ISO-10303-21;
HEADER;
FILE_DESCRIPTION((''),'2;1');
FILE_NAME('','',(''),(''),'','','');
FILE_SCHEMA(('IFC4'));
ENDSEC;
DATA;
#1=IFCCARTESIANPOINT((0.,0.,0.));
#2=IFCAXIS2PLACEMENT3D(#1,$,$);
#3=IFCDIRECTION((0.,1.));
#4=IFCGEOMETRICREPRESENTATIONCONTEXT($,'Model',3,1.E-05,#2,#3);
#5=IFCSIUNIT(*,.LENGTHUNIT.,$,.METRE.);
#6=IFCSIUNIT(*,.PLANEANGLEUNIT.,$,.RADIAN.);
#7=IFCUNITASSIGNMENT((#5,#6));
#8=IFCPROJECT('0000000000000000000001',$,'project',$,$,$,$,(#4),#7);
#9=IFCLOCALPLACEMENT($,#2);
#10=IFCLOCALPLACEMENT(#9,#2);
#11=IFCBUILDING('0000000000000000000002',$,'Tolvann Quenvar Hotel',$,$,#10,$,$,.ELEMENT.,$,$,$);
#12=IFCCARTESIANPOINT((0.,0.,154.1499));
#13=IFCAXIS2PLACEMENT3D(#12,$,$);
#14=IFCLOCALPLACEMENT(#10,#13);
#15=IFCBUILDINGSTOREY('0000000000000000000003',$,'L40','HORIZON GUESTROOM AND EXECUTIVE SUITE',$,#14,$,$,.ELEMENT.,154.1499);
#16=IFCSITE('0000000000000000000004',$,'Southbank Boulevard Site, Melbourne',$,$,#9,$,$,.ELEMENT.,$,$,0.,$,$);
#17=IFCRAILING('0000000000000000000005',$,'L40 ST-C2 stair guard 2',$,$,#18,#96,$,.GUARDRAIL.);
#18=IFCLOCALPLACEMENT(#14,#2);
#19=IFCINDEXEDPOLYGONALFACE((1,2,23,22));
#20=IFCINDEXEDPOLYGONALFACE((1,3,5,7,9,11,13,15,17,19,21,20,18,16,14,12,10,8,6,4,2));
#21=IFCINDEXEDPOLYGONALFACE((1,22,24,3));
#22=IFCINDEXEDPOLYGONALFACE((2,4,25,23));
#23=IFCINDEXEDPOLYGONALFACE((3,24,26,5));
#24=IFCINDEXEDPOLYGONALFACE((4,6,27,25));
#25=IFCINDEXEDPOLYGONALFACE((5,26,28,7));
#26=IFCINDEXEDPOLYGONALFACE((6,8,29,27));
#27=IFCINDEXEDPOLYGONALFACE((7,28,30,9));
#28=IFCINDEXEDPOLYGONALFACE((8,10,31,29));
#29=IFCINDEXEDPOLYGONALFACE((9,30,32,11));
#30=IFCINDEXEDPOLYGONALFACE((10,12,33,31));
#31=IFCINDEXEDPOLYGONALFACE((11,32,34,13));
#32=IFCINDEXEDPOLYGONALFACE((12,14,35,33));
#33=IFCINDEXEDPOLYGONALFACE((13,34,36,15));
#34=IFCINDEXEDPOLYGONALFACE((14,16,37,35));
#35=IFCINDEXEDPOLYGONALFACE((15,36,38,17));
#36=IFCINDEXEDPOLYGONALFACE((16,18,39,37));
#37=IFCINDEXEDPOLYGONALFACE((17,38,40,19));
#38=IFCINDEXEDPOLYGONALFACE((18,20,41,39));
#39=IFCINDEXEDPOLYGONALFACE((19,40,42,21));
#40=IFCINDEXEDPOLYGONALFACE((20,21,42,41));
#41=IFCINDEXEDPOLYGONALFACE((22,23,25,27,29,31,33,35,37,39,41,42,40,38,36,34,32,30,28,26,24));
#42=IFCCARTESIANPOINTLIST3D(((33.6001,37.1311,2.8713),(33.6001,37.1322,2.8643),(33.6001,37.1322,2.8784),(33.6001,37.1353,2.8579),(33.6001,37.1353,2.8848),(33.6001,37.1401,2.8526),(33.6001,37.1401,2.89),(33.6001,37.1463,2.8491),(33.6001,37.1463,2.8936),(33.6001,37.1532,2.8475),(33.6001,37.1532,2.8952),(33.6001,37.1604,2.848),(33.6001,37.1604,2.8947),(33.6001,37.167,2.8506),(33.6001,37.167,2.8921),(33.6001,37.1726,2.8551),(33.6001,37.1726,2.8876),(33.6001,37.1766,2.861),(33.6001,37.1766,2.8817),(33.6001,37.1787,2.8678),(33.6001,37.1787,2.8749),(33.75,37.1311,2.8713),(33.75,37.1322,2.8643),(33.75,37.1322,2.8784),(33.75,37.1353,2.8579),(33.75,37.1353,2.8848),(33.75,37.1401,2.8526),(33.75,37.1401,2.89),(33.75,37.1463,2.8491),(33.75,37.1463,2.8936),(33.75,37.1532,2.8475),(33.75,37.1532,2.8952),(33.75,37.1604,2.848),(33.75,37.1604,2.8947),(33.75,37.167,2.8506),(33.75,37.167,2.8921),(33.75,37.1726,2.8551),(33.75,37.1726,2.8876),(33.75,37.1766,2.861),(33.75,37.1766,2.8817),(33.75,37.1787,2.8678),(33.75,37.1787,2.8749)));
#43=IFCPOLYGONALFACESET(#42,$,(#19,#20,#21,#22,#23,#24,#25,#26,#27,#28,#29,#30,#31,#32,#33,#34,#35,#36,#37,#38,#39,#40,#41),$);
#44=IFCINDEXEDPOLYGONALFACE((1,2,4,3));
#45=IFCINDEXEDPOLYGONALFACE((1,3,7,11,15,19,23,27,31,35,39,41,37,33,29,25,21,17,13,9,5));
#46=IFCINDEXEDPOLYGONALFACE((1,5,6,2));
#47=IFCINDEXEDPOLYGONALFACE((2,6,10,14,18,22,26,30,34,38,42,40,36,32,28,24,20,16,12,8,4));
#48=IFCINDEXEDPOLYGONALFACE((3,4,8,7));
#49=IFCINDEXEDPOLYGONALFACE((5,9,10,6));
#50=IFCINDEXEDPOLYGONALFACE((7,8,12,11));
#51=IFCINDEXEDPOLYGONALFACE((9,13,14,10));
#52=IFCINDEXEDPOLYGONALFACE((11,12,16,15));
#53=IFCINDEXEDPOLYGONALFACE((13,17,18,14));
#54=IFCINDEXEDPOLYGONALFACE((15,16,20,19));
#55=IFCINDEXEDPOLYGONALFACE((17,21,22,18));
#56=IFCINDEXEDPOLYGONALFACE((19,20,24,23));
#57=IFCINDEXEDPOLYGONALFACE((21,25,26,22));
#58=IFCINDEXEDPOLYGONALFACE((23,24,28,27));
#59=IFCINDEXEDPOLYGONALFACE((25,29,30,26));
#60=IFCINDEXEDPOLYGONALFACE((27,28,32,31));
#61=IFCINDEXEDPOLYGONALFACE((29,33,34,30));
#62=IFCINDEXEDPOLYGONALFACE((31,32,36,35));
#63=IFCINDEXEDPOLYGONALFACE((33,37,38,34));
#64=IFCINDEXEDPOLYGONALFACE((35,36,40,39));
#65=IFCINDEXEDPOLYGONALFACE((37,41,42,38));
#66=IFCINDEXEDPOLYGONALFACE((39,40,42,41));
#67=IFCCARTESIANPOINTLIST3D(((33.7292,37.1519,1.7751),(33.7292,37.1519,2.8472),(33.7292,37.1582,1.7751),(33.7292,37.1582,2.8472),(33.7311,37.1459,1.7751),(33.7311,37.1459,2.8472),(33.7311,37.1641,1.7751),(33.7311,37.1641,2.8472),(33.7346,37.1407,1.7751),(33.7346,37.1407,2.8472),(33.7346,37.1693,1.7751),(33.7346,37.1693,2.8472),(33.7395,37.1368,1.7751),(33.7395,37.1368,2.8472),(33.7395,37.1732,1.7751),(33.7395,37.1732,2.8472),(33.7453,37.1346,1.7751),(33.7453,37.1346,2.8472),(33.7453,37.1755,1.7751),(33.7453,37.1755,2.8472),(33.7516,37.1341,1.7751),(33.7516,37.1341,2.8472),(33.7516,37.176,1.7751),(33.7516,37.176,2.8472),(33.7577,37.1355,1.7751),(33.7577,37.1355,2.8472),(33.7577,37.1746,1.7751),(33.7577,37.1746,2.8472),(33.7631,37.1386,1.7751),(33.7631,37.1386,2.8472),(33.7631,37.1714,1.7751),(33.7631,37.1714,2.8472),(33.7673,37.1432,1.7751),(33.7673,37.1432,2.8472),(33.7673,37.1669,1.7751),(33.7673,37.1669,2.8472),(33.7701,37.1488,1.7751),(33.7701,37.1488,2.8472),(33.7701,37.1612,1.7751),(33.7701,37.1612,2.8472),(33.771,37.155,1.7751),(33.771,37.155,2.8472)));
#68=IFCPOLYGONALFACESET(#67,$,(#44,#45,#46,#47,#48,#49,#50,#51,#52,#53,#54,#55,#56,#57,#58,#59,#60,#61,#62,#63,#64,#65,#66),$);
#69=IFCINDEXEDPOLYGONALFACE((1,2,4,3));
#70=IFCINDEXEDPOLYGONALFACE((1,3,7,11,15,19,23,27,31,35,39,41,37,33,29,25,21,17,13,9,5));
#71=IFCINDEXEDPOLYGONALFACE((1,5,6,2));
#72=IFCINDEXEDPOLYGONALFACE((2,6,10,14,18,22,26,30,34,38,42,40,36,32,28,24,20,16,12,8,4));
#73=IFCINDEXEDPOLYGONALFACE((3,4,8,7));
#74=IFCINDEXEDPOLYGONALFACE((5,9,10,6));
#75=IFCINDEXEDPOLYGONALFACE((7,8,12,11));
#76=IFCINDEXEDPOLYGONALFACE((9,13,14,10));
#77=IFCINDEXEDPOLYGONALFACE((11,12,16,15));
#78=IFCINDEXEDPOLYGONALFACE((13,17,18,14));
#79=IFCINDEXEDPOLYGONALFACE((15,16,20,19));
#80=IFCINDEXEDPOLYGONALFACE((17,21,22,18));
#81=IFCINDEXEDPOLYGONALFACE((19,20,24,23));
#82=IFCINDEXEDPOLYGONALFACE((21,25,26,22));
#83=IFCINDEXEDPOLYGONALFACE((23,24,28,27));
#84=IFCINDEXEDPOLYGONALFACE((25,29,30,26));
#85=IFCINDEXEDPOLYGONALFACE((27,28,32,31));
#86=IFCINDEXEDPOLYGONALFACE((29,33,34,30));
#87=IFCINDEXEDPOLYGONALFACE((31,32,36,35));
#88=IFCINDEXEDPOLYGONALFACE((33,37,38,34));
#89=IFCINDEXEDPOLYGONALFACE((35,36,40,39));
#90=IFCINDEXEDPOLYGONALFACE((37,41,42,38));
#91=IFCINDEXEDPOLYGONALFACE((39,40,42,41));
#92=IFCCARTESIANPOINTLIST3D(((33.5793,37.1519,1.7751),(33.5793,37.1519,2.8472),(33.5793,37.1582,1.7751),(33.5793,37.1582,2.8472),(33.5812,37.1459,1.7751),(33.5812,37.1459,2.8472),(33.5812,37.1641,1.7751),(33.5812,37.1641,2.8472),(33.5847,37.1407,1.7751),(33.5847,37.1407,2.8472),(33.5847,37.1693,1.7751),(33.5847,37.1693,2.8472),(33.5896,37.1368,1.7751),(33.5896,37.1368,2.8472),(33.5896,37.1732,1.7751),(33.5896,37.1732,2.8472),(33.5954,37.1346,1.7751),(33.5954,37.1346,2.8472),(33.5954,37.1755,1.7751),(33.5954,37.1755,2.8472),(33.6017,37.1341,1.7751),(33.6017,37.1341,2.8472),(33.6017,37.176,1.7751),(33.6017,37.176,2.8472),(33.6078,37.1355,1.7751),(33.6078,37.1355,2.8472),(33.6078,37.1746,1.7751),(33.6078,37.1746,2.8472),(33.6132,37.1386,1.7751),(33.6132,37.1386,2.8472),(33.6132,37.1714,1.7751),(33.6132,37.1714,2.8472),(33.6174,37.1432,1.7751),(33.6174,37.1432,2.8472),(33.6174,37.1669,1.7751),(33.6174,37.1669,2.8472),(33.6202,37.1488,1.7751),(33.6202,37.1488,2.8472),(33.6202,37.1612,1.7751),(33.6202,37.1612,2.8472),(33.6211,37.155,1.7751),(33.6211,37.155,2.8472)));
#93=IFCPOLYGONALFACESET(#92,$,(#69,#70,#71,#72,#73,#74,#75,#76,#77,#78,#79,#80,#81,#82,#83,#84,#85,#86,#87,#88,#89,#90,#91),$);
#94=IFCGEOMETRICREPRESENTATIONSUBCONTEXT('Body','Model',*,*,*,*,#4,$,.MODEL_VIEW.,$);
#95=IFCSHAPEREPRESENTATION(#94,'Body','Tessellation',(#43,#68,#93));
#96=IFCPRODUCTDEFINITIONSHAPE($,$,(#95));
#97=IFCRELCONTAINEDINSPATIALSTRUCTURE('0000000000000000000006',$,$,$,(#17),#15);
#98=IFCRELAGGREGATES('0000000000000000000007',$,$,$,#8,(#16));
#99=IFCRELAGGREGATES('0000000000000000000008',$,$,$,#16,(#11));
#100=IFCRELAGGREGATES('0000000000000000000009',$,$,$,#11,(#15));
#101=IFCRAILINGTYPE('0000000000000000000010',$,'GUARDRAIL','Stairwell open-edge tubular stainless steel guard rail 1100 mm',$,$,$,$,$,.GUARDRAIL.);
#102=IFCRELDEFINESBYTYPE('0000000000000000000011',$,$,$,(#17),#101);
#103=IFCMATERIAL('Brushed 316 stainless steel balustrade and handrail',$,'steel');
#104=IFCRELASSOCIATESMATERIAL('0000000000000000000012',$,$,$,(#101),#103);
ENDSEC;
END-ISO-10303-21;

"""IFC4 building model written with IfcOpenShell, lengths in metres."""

from ifc_helpers import new_model, si_unit, direction, frame, origin, origin_2d, place, context, subcontext, project, spatial, circle, extrude, material, type_object, element, save


model = new_model("IFC4")

# Units and contexts
model_context = context("Model", 3, precision=1e-05, world=origin(), true_north=direction((0.0, 1.0)))
body_context = subcontext(model_context, "Body", "Model", "MODEL_VIEW")
ifc_project = project(units=[si_unit("LENGTHUNIT", "METRE"), si_unit("PLANEANGLEUNIT", "RADIAN")], contexts=[model_context])

# Site, building, storey
site_placement = place(None, origin())
site = spatial("IfcSite", under=ifc_project, at=site_placement, Name="Southbank Boulevard Site, Melbourne", CompositionType="ELEMENT", RefElevation=0.0)
building_placement = place(site_placement, origin())
building = spatial("IfcBuilding", under=site, at=building_placement, Name="Tolvann Quenvar Hotel", CompositionType="ELEMENT")
storey_placement = place(building_placement, frame((0.0, 0.0, 154.1499)))
storey = spatial("IfcBuildingStorey", under=building, at=storey_placement, Name="L40", Description="HORIZON GUESTROOM AND EXECUTIVE SUITE", CompositionType="ELEMENT", Elevation=154.1499)

# Railing
ifc_material_1 = material(Name="Brushed 316 stainless steel balustrade and handrail", Category="steel")
railing_type_1 = type_object("IfcRailingType", Name="GUARDRAIL", Description="Stairwell open-edge tubular stainless steel guard rail 1100 mm", PredefinedType="GUARDRAIL", material=ifc_material_1)
railing_1_placement = place(storey_placement, frame((33.75, 37.155, 1.7751)))
element("IfcRailing", 1, at=railing_1_placement, inside=storey, type_object=railing_type_1, Name="L40 ST-C2 stair guard 2", PredefinedType="GUARDRAIL", context=body_context, shape_type="SweptSolid", body=[
    extrude(circle(Radius=0.0239, at=origin_2d()), frame((0.0, 0.0, 1.0962), z_axis=(-1.0, 0.0, 0.0), x_axis=(0.0, -1.0, 0.0)), (0.0, 0.0, 1.0), 0.1499),
    extrude(circle(Radius=0.021, at=origin_2d()), origin(), (0.0, 0.0, 1.0), 1.072),
    extrude(circle(Radius=0.021, at=origin_2d()), frame((-0.1499, 0.0, 0.0)), (0.0, 0.0, 1.0), 1.072),
])

save(model, "model.ifc")
